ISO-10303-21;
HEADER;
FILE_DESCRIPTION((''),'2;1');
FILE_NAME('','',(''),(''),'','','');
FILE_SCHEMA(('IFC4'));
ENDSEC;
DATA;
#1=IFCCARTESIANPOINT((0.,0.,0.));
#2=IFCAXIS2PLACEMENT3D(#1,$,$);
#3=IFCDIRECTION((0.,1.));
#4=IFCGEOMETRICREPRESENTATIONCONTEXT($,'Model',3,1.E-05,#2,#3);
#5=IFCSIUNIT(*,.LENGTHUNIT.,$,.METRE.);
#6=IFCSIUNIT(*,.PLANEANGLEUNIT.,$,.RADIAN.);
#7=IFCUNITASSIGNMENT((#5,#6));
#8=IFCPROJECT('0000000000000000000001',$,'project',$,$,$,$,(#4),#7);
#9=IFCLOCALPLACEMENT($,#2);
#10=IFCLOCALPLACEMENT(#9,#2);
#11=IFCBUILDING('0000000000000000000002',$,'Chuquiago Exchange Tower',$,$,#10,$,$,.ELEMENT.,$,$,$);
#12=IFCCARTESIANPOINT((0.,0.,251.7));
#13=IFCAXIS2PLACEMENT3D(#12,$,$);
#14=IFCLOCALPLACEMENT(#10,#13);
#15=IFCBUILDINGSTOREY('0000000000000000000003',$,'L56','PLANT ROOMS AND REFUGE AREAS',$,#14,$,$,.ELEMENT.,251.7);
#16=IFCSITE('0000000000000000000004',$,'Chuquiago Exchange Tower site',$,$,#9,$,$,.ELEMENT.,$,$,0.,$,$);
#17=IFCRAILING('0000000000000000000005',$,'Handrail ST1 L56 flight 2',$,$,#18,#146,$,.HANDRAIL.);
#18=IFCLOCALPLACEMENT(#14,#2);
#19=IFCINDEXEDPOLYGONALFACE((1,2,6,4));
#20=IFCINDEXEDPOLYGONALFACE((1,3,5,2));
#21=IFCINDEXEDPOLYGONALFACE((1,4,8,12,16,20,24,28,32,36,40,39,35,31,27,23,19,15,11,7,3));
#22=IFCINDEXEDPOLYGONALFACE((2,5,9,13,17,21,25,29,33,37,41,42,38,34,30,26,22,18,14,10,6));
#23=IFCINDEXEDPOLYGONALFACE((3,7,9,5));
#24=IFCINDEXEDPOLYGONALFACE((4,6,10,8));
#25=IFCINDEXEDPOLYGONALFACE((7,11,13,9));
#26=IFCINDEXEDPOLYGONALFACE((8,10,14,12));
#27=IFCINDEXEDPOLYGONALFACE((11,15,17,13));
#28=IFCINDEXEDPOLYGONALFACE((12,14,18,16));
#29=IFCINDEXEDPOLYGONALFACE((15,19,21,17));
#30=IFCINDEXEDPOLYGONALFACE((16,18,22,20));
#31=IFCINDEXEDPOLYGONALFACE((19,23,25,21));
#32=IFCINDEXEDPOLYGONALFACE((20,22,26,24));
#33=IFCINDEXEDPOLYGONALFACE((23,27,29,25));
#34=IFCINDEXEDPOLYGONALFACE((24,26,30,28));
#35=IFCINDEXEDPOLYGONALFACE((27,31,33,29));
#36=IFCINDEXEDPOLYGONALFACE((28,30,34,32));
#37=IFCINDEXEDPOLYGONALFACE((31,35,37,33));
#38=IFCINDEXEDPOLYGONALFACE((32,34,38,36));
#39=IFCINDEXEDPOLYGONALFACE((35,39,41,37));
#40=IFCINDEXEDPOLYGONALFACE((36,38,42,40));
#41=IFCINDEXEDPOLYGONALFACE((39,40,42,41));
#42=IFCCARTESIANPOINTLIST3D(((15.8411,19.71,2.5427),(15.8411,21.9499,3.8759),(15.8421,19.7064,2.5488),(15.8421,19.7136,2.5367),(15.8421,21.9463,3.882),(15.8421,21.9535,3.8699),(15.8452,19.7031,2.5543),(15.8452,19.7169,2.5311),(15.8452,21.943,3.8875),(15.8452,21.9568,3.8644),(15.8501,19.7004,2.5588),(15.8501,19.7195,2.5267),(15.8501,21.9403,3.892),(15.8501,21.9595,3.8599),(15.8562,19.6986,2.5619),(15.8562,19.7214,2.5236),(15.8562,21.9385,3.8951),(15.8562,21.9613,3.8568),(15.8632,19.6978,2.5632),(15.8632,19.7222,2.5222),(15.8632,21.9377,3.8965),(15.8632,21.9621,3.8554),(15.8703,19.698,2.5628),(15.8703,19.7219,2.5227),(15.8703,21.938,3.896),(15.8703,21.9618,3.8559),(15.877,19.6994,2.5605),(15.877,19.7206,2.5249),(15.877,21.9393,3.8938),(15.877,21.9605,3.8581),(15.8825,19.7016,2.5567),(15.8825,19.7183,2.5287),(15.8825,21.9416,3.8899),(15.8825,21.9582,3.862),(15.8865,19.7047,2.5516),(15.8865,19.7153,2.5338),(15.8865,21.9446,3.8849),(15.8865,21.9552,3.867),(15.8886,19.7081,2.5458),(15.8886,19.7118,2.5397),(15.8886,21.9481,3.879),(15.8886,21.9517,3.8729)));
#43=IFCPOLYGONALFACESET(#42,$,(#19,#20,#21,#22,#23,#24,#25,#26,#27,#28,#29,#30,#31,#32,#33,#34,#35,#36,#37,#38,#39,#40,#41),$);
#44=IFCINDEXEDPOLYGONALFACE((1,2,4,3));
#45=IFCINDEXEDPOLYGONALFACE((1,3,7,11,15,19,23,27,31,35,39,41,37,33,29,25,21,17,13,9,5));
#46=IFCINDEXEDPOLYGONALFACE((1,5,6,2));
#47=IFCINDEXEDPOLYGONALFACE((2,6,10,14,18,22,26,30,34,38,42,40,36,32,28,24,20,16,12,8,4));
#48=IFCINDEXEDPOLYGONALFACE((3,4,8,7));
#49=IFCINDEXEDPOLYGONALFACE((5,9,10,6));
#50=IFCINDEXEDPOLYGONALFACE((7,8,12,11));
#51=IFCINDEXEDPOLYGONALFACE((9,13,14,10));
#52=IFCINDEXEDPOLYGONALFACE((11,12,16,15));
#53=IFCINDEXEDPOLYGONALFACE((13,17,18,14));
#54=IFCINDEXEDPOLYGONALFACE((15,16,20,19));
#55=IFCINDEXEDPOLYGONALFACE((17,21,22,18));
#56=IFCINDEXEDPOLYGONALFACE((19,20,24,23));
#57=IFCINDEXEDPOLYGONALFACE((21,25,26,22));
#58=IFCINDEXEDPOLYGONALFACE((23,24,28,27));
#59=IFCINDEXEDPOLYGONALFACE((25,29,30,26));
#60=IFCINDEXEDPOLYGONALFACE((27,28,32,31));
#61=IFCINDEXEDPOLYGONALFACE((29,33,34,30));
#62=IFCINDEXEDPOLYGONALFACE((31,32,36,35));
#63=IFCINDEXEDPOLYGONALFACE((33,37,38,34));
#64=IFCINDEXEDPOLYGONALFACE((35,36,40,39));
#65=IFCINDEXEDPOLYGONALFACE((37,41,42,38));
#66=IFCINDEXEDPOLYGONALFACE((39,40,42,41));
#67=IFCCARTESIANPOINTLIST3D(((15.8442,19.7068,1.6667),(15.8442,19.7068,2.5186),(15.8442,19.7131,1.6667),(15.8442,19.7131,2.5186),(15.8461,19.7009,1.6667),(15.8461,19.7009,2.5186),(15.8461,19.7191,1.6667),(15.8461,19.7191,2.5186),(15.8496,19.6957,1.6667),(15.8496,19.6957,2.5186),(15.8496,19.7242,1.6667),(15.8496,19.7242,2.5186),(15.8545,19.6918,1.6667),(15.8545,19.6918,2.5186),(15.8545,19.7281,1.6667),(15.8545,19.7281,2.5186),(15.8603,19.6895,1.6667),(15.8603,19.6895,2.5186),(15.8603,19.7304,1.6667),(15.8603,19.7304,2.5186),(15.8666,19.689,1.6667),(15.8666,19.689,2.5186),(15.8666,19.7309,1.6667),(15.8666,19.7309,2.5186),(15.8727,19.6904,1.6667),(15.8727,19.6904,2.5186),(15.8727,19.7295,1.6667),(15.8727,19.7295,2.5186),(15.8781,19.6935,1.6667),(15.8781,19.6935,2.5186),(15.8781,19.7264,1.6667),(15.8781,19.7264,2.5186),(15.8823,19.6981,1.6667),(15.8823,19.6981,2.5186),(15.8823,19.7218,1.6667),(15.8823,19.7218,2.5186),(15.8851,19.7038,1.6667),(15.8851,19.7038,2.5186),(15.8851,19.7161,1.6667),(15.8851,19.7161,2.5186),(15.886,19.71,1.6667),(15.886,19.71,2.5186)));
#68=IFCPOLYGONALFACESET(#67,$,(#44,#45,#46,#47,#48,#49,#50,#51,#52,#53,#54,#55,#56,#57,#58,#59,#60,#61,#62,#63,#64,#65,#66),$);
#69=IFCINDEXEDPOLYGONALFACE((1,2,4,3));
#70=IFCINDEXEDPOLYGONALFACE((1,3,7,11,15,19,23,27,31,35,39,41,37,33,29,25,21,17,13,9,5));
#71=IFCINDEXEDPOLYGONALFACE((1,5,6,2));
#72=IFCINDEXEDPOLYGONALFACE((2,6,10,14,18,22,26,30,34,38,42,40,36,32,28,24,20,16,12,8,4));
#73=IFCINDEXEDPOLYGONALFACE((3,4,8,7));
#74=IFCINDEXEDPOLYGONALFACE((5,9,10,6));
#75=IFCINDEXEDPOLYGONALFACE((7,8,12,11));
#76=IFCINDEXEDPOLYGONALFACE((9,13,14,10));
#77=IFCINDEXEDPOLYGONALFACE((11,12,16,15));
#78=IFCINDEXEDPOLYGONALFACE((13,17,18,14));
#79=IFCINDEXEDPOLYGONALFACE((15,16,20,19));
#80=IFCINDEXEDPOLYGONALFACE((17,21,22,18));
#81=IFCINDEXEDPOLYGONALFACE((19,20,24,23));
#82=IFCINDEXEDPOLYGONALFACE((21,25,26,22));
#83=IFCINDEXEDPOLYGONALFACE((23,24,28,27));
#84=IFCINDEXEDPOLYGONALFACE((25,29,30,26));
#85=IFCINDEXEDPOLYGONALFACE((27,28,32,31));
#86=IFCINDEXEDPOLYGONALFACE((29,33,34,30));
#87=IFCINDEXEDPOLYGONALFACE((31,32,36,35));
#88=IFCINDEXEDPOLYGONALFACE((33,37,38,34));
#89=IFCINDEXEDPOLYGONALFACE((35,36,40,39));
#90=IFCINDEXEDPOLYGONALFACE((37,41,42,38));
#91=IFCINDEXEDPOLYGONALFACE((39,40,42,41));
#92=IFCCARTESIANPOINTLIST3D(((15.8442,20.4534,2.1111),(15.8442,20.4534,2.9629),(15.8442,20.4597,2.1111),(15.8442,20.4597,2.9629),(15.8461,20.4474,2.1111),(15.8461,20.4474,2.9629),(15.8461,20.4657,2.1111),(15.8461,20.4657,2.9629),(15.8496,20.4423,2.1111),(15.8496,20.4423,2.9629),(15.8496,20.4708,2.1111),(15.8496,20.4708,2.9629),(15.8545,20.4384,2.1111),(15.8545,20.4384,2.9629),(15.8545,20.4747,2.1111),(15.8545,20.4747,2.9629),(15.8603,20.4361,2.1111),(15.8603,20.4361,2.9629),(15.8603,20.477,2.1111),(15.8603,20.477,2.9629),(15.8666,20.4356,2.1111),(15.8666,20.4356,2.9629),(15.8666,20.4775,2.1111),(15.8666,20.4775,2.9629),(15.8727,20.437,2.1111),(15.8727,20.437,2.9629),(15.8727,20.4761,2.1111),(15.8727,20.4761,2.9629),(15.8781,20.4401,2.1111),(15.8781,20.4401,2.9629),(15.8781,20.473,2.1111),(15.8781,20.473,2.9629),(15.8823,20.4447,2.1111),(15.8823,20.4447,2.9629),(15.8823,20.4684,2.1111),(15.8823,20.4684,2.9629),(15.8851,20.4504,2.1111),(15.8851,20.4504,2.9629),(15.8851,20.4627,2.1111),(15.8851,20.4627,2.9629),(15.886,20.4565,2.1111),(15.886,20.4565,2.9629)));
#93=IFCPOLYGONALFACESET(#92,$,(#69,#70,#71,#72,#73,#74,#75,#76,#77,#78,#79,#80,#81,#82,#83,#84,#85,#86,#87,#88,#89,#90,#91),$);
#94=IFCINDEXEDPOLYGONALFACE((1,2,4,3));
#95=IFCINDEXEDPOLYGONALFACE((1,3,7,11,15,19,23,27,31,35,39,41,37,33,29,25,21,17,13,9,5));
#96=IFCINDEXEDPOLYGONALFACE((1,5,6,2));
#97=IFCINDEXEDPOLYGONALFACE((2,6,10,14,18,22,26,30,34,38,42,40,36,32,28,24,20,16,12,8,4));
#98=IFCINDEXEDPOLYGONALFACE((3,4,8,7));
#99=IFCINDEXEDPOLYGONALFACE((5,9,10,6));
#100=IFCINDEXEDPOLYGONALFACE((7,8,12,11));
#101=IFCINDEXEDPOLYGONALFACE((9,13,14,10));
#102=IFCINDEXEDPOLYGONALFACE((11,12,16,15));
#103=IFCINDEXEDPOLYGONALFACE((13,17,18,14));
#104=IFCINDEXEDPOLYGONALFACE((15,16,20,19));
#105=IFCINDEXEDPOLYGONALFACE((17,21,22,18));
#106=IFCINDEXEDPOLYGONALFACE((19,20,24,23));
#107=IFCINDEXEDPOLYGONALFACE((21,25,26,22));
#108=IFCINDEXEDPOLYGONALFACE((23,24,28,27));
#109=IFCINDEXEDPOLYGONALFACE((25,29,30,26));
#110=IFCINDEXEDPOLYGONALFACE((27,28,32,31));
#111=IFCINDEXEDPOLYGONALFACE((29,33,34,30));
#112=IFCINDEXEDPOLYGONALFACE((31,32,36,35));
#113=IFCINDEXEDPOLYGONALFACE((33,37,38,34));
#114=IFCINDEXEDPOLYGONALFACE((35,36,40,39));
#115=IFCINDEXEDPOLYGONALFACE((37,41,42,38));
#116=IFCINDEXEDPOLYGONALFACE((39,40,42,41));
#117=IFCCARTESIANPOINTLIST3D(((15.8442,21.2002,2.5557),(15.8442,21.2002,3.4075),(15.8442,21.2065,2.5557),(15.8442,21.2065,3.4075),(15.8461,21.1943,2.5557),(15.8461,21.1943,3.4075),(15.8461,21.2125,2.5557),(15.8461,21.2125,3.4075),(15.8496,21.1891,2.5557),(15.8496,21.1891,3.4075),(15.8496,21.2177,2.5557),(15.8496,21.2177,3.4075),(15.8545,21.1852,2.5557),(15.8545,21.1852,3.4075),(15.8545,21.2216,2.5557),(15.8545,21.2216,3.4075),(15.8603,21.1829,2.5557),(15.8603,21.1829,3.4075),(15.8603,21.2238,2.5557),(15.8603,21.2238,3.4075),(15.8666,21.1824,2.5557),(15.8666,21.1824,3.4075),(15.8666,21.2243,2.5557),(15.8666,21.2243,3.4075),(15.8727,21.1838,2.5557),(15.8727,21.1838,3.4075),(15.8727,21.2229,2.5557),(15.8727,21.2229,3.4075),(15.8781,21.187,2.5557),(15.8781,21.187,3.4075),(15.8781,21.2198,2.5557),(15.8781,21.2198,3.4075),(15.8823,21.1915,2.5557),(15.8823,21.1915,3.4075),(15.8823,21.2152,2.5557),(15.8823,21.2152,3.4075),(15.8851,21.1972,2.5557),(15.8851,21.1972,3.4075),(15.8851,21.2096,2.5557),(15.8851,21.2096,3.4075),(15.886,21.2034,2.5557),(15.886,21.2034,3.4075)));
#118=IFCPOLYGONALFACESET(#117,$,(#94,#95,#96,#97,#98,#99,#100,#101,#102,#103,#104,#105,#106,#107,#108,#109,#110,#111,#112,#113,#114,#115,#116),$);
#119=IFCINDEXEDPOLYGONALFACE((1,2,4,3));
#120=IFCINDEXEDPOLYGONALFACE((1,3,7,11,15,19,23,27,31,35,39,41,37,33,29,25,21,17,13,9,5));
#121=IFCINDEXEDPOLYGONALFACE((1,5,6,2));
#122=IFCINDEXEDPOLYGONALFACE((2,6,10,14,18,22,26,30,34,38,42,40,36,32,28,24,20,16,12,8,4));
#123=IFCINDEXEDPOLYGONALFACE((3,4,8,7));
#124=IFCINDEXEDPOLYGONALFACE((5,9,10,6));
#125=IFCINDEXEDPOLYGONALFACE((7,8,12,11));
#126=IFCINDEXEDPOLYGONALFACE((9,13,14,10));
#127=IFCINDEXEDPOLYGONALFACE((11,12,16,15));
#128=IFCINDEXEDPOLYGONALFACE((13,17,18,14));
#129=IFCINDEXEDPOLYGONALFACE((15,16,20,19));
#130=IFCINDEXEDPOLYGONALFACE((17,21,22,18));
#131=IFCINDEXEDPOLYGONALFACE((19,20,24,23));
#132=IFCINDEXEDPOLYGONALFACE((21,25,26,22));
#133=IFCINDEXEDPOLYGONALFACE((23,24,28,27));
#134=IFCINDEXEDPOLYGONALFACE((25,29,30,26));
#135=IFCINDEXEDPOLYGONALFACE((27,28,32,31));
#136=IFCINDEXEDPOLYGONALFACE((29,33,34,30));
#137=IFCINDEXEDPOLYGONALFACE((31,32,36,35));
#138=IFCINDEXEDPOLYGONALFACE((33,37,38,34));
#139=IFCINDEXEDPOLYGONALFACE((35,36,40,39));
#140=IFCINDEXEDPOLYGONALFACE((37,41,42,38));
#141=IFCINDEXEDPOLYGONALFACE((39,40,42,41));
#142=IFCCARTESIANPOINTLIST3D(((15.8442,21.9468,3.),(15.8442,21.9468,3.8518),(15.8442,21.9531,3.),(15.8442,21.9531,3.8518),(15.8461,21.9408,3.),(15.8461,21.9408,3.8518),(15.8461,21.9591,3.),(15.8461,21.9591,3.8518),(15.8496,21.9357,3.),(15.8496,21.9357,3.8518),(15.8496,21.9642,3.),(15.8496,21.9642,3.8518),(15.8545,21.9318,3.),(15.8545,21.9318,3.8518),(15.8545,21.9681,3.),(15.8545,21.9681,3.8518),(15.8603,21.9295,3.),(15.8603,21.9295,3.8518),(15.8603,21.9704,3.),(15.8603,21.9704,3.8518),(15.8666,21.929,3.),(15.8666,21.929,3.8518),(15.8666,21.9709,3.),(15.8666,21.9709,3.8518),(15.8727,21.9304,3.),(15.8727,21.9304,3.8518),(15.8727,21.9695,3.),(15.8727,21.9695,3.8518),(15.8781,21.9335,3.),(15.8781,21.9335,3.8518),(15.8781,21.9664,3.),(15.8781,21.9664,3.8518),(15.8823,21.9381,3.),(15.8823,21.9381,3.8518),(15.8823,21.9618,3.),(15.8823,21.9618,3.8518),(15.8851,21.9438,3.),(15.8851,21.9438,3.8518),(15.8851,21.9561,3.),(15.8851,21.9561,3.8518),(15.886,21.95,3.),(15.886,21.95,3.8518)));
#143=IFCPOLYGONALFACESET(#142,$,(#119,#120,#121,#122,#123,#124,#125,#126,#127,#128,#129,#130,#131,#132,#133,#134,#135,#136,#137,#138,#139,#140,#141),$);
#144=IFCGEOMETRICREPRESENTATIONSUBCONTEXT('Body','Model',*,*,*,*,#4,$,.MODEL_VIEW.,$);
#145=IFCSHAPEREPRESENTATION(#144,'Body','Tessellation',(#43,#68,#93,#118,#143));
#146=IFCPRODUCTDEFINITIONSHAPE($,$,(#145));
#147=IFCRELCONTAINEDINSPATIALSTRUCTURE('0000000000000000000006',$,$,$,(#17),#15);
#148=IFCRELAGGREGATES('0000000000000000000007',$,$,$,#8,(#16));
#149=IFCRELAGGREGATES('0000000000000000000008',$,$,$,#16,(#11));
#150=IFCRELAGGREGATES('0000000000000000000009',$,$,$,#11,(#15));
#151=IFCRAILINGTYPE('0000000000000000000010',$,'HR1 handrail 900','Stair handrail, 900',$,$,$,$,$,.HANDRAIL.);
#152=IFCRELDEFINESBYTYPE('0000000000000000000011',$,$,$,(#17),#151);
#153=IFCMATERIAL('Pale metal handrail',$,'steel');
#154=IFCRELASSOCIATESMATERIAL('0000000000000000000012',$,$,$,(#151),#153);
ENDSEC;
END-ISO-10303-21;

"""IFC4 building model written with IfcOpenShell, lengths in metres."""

from ifc_helpers import new_model, si_unit, direction, frame, origin, origin_2d, place, context, subcontext, project, spatial, circle, extrude, material, type_object, element, save


model = new_model("IFC4")

# Units and contexts
model_context = context("Model", 3, precision=1e-05, world=origin(), true_north=direction((0.0, 1.0)))
body_context = subcontext(model_context, "Body", "Model", "MODEL_VIEW")
ifc_project = project(units=[si_unit("LENGTHUNIT", "METRE"), si_unit("PLANEANGLEUNIT", "RADIAN")], contexts=[model_context])

# Site, building, storey
site_placement = place(None, origin())
site = spatial("IfcSite", under=ifc_project, at=site_placement, Name="Chuquiago Exchange Tower site", CompositionType="ELEMENT", RefElevation=0.0)
building_placement = place(site_placement, origin())
building = spatial("IfcBuilding", under=site, at=building_placement, Name="Chuquiago Exchange Tower", CompositionType="ELEMENT")
storey_placement = place(building_placement, frame((0.0, 0.0, 251.7)))
storey = spatial("IfcBuildingStorey", under=building, at=storey_placement, Name="L56", Description="PLANT ROOMS AND REFUGE AREAS", CompositionType="ELEMENT", Elevation=251.7)

# Railing
ifc_material_1 = material(Name="Pale metal handrail", Category="steel")
railing_type_1 = type_object("IfcRailingType", Name="HR1 handrail 900", Description="Stair handrail, 900", PredefinedType="HANDRAIL", material=ifc_material_1)
for number, where, name in (
    (1, (15.865, 19.71, 1.6667), "Handrail ST1 L56 flight 2"),
):
    element("IfcRailing", number, at=place(storey_placement, frame(where)), inside=storey, type_object=railing_type_1, Name=name, PredefinedType="HANDRAIL", context=body_context, shape_type="SweptSolid", body=[
        extrude(circle(Radius=0.0239, at=origin_2d()), frame((0.0, 0.0, 0.876), z_axis=(0.0, 0.859306, 0.511462), x_axis=(-1.0, 0.0, 0.0)), (0.0, 0.0, 1.0), 2.6067),
        extrude(circle(Radius=0.021, at=origin_2d()), origin(), (0.0, 0.0, 1.0), 0.8518),
        extrude(circle(Radius=0.021, at=origin_2d()), frame((0.0, 0.7466, 0.4443)), (0.0, 0.0, 1.0), 0.8518),
        extrude(circle(Radius=0.021, at=origin_2d()), frame((0.0, 1.4934, 0.8889)), (0.0, 0.0, 1.0), 0.8518),
        extrude(circle(Radius=0.021, at=origin_2d()), frame((0.0, 2.24, 1.3333)), (0.0, 0.0, 1.0), 0.8518),
    ])

save(model, "model.ifc")
